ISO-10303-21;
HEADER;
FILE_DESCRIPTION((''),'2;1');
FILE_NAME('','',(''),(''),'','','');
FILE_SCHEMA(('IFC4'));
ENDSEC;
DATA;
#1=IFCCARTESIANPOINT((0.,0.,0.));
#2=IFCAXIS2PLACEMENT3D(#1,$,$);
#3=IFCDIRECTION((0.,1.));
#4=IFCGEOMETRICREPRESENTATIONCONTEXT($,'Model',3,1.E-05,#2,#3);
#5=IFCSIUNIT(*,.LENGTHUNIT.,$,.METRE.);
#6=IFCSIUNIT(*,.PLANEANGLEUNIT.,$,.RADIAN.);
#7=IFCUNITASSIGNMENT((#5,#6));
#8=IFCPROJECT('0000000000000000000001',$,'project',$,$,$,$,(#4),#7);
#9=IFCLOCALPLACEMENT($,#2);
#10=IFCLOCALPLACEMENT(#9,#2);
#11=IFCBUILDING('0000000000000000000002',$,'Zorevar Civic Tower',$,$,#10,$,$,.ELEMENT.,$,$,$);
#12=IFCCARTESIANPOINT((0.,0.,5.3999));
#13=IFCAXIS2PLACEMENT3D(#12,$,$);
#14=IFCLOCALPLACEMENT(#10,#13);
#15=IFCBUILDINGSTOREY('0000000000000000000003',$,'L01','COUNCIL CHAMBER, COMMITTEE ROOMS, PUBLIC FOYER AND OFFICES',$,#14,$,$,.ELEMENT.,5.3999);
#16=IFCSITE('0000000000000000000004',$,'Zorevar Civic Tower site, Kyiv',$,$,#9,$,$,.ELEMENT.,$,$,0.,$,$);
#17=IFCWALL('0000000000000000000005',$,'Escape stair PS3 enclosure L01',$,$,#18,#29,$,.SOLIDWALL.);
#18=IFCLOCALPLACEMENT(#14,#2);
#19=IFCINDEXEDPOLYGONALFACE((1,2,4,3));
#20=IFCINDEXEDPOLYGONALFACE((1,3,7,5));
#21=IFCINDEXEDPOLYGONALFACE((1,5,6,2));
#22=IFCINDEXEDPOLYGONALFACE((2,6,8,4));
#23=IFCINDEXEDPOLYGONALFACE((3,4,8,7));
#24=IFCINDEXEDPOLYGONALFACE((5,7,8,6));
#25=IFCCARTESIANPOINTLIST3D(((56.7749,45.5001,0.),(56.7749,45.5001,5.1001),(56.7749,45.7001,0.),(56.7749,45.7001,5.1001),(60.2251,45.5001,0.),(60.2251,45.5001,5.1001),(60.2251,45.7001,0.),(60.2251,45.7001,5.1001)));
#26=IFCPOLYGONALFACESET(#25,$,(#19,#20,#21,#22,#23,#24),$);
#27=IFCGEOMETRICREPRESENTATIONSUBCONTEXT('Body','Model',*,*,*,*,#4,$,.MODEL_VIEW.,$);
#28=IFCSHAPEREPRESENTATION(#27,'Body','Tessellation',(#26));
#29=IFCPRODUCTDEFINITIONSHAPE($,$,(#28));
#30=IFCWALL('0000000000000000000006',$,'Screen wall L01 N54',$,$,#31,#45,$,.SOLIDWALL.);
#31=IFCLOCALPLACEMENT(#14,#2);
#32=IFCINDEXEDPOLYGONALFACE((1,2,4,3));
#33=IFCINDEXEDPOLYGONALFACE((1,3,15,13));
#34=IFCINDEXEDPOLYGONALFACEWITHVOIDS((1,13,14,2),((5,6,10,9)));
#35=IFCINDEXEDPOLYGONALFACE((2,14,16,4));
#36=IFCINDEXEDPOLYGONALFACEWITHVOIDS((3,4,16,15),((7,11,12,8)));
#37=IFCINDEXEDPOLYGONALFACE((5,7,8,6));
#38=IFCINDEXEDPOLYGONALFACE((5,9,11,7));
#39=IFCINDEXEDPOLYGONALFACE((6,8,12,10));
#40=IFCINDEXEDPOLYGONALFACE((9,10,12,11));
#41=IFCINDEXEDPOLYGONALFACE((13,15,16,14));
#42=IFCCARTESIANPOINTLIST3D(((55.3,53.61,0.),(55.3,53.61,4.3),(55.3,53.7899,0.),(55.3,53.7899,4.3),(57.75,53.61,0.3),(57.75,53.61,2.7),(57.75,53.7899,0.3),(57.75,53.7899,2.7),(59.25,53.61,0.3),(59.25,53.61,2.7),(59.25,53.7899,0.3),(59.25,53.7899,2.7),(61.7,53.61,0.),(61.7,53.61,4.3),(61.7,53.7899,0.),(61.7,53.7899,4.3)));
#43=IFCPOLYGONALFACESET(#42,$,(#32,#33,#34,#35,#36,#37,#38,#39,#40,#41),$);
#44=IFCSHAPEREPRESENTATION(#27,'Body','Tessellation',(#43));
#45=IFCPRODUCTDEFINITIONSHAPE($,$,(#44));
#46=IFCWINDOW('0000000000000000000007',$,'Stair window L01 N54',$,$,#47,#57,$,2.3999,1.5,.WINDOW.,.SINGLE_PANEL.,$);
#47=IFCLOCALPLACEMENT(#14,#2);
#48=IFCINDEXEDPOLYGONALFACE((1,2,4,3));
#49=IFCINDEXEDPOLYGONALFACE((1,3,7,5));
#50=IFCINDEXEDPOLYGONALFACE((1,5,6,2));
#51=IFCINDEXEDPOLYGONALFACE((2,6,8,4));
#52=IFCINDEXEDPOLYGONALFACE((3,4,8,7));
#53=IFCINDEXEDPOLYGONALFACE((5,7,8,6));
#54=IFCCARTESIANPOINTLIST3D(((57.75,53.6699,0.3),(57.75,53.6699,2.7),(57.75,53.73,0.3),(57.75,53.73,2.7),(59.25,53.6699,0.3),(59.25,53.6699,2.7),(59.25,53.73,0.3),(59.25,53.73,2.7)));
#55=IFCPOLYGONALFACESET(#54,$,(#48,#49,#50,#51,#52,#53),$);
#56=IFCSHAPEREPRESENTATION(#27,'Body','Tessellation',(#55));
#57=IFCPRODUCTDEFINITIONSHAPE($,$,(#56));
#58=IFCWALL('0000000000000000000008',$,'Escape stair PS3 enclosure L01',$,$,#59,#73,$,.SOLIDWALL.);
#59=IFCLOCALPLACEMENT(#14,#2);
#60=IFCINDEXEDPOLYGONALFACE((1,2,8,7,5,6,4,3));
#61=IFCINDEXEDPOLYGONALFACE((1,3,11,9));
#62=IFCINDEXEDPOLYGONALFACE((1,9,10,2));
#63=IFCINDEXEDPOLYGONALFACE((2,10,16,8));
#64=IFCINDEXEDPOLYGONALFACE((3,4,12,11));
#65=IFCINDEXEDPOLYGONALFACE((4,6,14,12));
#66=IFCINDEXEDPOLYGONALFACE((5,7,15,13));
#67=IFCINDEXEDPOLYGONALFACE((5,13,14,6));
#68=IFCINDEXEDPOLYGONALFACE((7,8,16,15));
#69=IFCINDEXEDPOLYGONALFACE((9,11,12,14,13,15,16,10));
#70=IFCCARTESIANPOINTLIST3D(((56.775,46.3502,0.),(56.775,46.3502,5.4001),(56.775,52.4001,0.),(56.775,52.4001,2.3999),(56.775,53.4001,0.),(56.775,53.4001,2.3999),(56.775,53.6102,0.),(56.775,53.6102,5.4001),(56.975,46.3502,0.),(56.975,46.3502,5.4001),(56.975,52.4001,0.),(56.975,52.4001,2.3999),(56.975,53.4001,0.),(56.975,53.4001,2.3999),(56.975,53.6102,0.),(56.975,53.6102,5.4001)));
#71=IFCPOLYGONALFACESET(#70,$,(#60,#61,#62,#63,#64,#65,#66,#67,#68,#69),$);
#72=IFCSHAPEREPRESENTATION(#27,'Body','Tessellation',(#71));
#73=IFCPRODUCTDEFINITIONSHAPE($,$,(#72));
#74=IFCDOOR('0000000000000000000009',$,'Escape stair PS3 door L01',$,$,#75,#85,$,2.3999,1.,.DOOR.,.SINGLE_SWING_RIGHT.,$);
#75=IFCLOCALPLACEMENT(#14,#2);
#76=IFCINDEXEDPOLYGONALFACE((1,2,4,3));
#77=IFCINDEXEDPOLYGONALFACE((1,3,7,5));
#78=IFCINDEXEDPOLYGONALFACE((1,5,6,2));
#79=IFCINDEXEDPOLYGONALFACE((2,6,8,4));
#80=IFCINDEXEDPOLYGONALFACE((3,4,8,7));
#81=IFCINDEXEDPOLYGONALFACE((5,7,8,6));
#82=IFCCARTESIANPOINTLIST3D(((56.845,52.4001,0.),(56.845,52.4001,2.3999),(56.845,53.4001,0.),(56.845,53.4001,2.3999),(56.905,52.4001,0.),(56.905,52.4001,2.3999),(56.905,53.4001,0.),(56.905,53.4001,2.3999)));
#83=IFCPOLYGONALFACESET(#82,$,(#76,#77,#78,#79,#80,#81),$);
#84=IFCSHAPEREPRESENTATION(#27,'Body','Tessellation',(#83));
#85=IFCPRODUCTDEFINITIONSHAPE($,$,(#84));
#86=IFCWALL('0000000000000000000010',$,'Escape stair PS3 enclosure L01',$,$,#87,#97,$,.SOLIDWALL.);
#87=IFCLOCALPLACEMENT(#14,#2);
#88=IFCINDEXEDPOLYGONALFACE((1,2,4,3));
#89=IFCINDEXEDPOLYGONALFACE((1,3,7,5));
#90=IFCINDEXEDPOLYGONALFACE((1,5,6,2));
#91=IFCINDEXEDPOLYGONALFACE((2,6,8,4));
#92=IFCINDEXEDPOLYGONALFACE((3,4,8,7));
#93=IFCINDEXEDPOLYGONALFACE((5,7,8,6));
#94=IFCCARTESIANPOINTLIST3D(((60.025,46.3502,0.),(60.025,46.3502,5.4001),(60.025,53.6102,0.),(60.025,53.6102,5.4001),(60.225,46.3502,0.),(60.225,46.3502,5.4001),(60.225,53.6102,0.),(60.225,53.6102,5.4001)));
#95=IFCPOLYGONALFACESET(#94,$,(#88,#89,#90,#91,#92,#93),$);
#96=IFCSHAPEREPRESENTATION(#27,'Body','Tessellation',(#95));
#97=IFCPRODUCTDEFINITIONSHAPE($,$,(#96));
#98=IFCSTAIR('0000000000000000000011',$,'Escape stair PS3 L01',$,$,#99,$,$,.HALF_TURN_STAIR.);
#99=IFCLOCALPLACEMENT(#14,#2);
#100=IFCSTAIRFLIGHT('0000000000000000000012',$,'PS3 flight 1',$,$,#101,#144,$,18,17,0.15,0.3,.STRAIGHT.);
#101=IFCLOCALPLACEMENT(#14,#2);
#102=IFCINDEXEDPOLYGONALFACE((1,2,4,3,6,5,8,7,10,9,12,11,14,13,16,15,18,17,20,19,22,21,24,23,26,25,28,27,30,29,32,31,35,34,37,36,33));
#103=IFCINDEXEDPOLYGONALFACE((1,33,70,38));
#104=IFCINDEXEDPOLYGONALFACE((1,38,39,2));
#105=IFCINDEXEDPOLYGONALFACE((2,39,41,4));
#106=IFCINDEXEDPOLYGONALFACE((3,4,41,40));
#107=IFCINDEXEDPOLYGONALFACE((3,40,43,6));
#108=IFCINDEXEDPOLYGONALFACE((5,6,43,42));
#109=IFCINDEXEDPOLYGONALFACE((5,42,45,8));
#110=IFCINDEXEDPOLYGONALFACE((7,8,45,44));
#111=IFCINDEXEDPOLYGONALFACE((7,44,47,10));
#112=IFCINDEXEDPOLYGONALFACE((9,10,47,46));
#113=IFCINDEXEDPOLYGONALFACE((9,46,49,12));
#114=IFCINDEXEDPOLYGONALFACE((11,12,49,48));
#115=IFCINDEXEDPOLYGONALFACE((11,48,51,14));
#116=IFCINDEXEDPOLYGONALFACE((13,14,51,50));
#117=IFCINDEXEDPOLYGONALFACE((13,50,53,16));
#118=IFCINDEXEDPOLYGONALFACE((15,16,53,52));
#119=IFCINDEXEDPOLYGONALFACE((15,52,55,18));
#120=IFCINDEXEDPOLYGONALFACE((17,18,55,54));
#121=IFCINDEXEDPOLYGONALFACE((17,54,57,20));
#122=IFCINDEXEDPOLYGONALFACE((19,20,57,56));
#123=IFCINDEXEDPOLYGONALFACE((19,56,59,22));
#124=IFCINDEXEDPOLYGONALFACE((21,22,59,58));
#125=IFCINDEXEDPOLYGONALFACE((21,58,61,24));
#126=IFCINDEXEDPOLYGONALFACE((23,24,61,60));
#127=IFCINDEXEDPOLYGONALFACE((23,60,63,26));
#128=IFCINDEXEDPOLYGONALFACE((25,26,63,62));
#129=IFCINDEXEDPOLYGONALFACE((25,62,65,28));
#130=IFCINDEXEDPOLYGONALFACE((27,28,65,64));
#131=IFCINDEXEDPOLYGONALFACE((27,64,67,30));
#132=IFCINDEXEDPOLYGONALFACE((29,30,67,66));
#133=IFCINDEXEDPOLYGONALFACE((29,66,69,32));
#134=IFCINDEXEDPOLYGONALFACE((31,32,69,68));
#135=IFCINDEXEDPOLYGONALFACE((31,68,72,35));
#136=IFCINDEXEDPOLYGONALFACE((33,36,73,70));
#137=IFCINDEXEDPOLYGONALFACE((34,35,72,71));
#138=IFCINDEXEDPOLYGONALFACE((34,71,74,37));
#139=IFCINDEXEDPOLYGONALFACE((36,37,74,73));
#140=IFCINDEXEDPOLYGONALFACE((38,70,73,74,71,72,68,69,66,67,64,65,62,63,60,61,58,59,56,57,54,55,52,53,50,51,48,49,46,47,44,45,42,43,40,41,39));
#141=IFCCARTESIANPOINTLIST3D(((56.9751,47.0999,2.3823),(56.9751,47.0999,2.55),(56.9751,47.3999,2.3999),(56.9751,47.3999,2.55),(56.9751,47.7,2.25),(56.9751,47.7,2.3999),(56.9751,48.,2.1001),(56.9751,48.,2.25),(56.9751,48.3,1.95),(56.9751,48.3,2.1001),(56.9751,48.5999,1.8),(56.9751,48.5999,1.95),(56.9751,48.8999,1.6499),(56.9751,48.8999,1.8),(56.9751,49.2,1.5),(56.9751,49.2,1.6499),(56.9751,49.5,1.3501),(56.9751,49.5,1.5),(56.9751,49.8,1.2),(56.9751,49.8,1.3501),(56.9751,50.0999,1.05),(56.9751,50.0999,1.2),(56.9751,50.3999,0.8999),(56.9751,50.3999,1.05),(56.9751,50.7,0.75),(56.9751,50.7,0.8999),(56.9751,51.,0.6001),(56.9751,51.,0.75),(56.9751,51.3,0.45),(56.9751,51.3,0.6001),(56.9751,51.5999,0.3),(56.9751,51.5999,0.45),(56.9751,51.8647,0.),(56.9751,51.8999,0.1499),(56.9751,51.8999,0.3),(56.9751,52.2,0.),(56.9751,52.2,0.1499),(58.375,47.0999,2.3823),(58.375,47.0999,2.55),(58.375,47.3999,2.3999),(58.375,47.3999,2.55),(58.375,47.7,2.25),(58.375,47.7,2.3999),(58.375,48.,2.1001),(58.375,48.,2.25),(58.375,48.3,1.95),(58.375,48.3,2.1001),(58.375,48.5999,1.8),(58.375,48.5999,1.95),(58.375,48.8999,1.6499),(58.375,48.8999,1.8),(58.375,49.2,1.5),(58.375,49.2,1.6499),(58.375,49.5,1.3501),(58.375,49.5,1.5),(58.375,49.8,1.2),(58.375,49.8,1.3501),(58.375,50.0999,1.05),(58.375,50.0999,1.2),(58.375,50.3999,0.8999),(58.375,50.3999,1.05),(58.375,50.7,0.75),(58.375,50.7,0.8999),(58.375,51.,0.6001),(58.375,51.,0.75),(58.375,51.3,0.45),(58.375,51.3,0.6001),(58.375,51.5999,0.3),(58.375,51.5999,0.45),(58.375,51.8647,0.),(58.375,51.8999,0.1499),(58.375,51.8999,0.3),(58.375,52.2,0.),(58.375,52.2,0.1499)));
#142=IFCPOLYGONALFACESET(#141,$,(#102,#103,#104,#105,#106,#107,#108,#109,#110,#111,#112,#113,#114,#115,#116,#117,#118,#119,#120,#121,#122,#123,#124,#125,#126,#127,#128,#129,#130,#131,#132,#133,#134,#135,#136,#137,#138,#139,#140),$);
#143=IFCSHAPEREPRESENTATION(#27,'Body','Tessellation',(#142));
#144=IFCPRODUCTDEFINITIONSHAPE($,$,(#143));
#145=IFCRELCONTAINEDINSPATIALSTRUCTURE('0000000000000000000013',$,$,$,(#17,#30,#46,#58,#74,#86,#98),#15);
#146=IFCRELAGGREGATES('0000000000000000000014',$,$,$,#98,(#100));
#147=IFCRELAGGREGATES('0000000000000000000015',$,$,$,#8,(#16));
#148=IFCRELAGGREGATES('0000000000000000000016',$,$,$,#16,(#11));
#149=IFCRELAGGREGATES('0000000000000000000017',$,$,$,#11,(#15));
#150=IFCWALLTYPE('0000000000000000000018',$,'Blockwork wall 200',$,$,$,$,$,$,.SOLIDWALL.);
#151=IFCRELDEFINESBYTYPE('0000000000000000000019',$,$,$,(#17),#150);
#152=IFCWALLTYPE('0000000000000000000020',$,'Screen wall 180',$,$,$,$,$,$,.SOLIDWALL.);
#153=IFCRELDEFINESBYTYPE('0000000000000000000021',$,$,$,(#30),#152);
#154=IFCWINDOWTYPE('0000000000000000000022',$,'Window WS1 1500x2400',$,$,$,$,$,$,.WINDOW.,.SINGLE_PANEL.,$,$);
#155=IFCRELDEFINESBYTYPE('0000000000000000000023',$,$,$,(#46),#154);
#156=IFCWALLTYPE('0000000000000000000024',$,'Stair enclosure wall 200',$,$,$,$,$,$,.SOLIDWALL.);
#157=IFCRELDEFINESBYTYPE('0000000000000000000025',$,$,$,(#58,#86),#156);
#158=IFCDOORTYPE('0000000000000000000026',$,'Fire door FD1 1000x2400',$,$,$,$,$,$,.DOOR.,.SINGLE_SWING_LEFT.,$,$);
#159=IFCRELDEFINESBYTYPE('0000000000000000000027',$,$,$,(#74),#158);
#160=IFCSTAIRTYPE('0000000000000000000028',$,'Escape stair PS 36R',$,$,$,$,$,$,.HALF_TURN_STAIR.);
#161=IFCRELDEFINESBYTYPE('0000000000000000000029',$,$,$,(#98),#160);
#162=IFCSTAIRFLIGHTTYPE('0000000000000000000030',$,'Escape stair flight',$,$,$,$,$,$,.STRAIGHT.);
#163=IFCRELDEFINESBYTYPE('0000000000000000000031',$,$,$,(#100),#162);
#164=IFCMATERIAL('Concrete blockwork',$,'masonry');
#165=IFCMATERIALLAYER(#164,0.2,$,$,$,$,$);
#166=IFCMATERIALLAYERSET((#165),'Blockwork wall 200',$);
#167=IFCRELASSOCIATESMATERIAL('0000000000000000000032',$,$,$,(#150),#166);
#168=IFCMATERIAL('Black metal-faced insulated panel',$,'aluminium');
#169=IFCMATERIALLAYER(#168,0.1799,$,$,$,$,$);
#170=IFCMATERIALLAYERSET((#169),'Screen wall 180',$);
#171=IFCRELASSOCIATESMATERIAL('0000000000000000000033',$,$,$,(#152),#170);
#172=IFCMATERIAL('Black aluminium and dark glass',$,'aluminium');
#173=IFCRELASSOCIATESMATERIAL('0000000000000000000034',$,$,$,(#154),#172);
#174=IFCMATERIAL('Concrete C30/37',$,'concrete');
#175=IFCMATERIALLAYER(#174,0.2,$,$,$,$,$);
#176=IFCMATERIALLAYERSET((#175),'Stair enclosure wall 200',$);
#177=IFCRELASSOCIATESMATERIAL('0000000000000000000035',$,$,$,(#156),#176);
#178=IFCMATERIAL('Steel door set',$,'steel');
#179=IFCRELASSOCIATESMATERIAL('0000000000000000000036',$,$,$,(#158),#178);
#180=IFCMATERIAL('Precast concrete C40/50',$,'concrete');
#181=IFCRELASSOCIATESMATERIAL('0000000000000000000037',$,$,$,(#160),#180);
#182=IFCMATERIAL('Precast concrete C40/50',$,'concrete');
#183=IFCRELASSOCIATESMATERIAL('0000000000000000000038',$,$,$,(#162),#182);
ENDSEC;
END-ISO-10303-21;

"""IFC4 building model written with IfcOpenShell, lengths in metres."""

from ifc_helpers import new_model, si_unit, direction, frame, frame_2d, origin, place, context, subcontext, project, spatial, polyline, rectangle, outline, extrude, material, layer, layer_set, type_object, element, fill, aggregate, save


model = new_model("IFC4")

# Units and contexts
model_context = context("Model", 3, precision=1e-05, world=origin(), true_north=direction((0.0, 1.0)))
body_context = subcontext(model_context, "Body", "Model", "MODEL_VIEW")
ifc_project = project(units=[si_unit("LENGTHUNIT", "METRE"), si_unit("PLANEANGLEUNIT", "RADIAN")], contexts=[model_context])

# Site, building, storey
site_placement = place(None, origin())
site = spatial("IfcSite", under=ifc_project, at=site_placement, Name="Zorevar Civic Tower site, Kyiv", CompositionType="ELEMENT", RefElevation=0.0)
building_placement = place(site_placement, origin())
building = spatial("IfcBuilding", under=site, at=building_placement, Name="Zorevar Civic Tower", CompositionType="ELEMENT")
storey_placement = place(building_placement, frame((0.0, 0.0, 5.3999)))
storey = spatial("IfcBuildingStorey", under=building, at=storey_placement, Name="L01", Description="COUNCIL CHAMBER, COMMITTEE ROOMS, PUBLIC FOYER AND OFFICES", CompositionType="ELEMENT", Elevation=5.3999)

# Wall
ifc_material_1 = material(Name="Concrete blockwork", Category="masonry")
ifc_layer_1 = layer(ifc_material_1, 0.2)
ifc_layer_set_1 = layer_set([ifc_layer_1], Name="Blockwork wall 200")
wall_type_1 = type_object("IfcWallType", Name="Blockwork wall 200", PredefinedType="SOLIDWALL", material=ifc_layer_set_1)
wall_1_placement = place(storey_placement, frame((56.7749, 45.6001, 0.0), z_axis=(0.0, 0.0, 1.0), x_axis=(1.0, 0.0, 0.0)))
element("IfcWall", 1, at=wall_1_placement, inside=storey, type_object=wall_type_1, Name="Escape stair PS3 enclosure L01", PredefinedType="SOLIDWALL", context=body_context, shape_type="SweptSolid", body=[
    extrude(rectangle(XDim=3.4502, YDim=0.2, at=frame_2d((1.7251, 0.0))), origin(), (0.0, 0.0, 1.0), 5.1001),
])

# Wall, opening, window
ifc_material_2 = material(Name="Black metal-faced insulated panel", Category="aluminium")
ifc_layer_2 = layer(ifc_material_2, 0.1799)
ifc_layer_set_2 = layer_set([ifc_layer_2], Name="Screen wall 180")
wall_type_2 = type_object("IfcWallType", Name="Screen wall 180", PredefinedType="SOLIDWALL", material=ifc_layer_set_2)
wall_2_placement = place(storey_placement, frame((55.3, 53.7, 0.0), z_axis=(0.0, 0.0, 1.0), x_axis=(1.0, 0.0, 0.0)))
wall_2 = element("IfcWall", 2, at=wall_2_placement, inside=storey, type_object=wall_type_2, Name="Screen wall L01 N54", PredefinedType="SOLIDWALL", context=body_context, shape_type="SweptSolid", body=[
    extrude(rectangle(XDim=6.3999, YDim=0.1799, at=frame_2d((3.2, 0.0))), origin(), (0.0, 0.0, 1.0), 4.3),
])
opening_1_placement = place(wall_2_placement, frame((2.45, 0.0, 0.3)))
opening_1 = element("IfcOpeningElement", 3, at=opening_1_placement, cuts=wall_2, PredefinedType="OPENING", context=body_context, shape_type="SweptSolid", body=[
    extrude(rectangle(XDim=1.5, YDim=2.3999, at=frame_2d((0.75, 1.2))), frame((0.0, 0.0999, 0.0), z_axis=(0.0, -1.0, 0.0), x_axis=(1.0, 0.0, 0.0)), (0.0, 0.0, 1.0), 0.2),
])
ifc_material_3 = material(Name="Black aluminium and dark glass", Category="aluminium")
window_type = type_object("IfcWindowType", Name="Window WS1 1500x2400", PartitioningType="SINGLE_PANEL", PredefinedType="WINDOW", material=ifc_material_3)
window_placement = place(opening_1_placement, origin())
window = element("IfcWindow", 4, at=window_placement, inside=storey, type_object=window_type, Name="Stair window L01 N54", OverallHeight=2.3999, OverallWidth=1.5, PartitioningType="SINGLE_PANEL", PredefinedType="WINDOW", context=body_context, shape_type="SweptSolid", body=[
    extrude(rectangle(XDim=1.5, YDim=2.3999, at=frame_2d((0.75, 1.2))), frame((0.0, 0.03, 0.0), z_axis=(0.0, -1.0, 0.0), x_axis=(1.0, 0.0, 0.0)), (0.0, 0.0, 1.0), 0.0601),
])
fill(opening_1, window)

# Wall, opening, door
ifc_material_4 = material(Name="Concrete C30/37", Category="concrete")
ifc_layer_3 = layer(ifc_material_4, 0.2)
ifc_layer_set_3 = layer_set([ifc_layer_3], Name="Stair enclosure wall 200")
wall_type_3 = type_object("IfcWallType", Name="Stair enclosure wall 200", PredefinedType="SOLIDWALL", material=ifc_layer_set_3)
wall_3_placement = place(storey_placement, frame((56.875, 53.6101, 0.0), z_axis=(0.0, 0.0, 1.0), x_axis=(0.0, -1.0, 0.0)))
wall_3 = element("IfcWall", 5, at=wall_3_placement, inside=storey, type_object=wall_type_3, Name="Escape stair PS3 enclosure L01", PredefinedType="SOLIDWALL", context=body_context, shape_type="SweptSolid", body=[
    extrude(rectangle(XDim=7.26, YDim=0.2, at=frame_2d((3.6299, 0.0))), origin(), (0.0, 0.0, 1.0), 5.4001),
])
opening_2_placement = place(wall_3_placement, frame((0.21, 0.0, 0.0)))
opening_2 = element("IfcOpeningElement", 6, at=opening_2_placement, cuts=wall_3, PredefinedType="OPENING", context=body_context, shape_type="SweptSolid", body=[
    extrude(rectangle(XDim=1.0, YDim=2.3999, at=frame_2d((0.5, 1.2))), frame((0.0, 0.1099, 0.0), z_axis=(0.0, -1.0, 0.0), x_axis=(1.0, 0.0, 0.0)), (0.0, 0.0, 1.0), 0.22),
])
ifc_material_5 = material(Name="Steel door set", Category="steel")
door_type_1 = type_object("IfcDoorType", Name="Fire door FD1 1000x2400", OperationType="SINGLE_SWING_LEFT", PredefinedType="DOOR", material=ifc_material_5)
door_1_placement = place(opening_2_placement, origin())
door_1 = element("IfcDoor", 7, at=door_1_placement, inside=storey, type_object=door_type_1, Name="Escape stair PS3 door L01", OperationType="SINGLE_SWING_RIGHT", OverallHeight=2.3999, OverallWidth=1.0, PredefinedType="DOOR", context=body_context, shape_type="SweptSolid", body=[
    extrude(rectangle(XDim=1.0, YDim=2.3999, at=frame_2d((0.5, 1.2))), frame((0.0, 0.03, 0.0), z_axis=(0.0, -1.0, 0.0), x_axis=(1.0, 0.0, 0.0)), (0.0, 0.0, 1.0), 0.0601),
])
fill(opening_2, door_1)

# Wall
wall_4_placement = place(storey_placement, frame((60.125, 53.6101, 0.0), z_axis=(0.0, 0.0, 1.0), x_axis=(0.0, -1.0, 0.0)))
element("IfcWall", 8, at=wall_4_placement, inside=storey, type_object=wall_type_3, Name="Escape stair PS3 enclosure L01", PredefinedType="SOLIDWALL", context=body_context, shape_type="SweptSolid", body=[
    extrude(rectangle(XDim=7.26, YDim=0.2, at=frame_2d((3.6299, 0.0))), origin(), (0.0, 0.0, 1.0), 5.4001),
])

# Stair, stair flight
ifc_material_6 = material(Name="Precast concrete C40/50", Category="concrete")
stair_type = type_object("IfcStairType", Name="Escape stair PS 36R", PredefinedType="HALF_TURN_STAIR", material=ifc_material_6)
stair_placement = place(storey_placement, origin())
stair = element("IfcStair", 9, at=stair_placement, inside=storey, type_object=stair_type, Name="Escape stair PS3 L01", PredefinedType="HALF_TURN_STAIR")
ifc_material_7 = material(Name="Precast concrete C40/50", Category="concrete")
stair_flight_type = type_object("IfcStairFlightType", Name="Escape stair flight", PredefinedType="STRAIGHT", material=ifc_material_7)
stair_flight_1_placement = place(storey_placement, frame((57.675, 52.2, 0.0), z_axis=(0.0, 0.0, 1.0), x_axis=(0.0, -1.0, 0.0)))
stair_flight_1 = element("IfcStairFlight", 10, at=stair_flight_1_placement, type_object=stair_flight_type, Name="PS3 flight 1", NumberOfRisers=18, NumberOfTreads=17, PredefinedType="STRAIGHT", RiserHeight=0.15, TreadLength=0.3, context=body_context, shape_type="SweptSolid", body=[
    extrude(outline(polyline([(0.0, 0.0), (0.0, 0.1499), (0.3, 0.1499), (0.3, 0.3), (0.6001, 0.3), (0.6001, 0.45), (0.8999, 0.45), (0.8999, 0.6001), (1.2, 0.6001), (1.2, 0.75), (1.5, 0.75), (1.5, 0.8999), (1.8, 0.8999), (1.8, 1.05), (2.1001, 1.05), (2.1001, 1.2), (2.3999, 1.2), (2.3999, 1.3501), (2.7, 1.3501), (2.7, 1.5), (3.0, 1.5), (3.0, 1.6499), (3.3, 1.6499), (3.3, 1.8), (3.6001, 1.8), (3.6001, 1.95), (3.8999, 1.95), (3.8999, 2.1001), (4.2, 2.1001), (4.2, 2.25), (4.5, 2.25), (4.5, 2.3999), (4.8, 2.3999), (4.8, 2.55), (5.1001, 2.55), (5.1001, 2.7), (5.1001, 2.3823), (0.3352, 0.0), (0.0, 0.0)])), frame((0.0, 0.7, 0.0), z_axis=(0.0, -1.0, 0.0), x_axis=(1.0, 0.0, 0.0)), (0.0, 0.0, 1.0), 1.3999),
])
aggregate(stair, [stair_flight_1])

save(model, "model.ifc")
